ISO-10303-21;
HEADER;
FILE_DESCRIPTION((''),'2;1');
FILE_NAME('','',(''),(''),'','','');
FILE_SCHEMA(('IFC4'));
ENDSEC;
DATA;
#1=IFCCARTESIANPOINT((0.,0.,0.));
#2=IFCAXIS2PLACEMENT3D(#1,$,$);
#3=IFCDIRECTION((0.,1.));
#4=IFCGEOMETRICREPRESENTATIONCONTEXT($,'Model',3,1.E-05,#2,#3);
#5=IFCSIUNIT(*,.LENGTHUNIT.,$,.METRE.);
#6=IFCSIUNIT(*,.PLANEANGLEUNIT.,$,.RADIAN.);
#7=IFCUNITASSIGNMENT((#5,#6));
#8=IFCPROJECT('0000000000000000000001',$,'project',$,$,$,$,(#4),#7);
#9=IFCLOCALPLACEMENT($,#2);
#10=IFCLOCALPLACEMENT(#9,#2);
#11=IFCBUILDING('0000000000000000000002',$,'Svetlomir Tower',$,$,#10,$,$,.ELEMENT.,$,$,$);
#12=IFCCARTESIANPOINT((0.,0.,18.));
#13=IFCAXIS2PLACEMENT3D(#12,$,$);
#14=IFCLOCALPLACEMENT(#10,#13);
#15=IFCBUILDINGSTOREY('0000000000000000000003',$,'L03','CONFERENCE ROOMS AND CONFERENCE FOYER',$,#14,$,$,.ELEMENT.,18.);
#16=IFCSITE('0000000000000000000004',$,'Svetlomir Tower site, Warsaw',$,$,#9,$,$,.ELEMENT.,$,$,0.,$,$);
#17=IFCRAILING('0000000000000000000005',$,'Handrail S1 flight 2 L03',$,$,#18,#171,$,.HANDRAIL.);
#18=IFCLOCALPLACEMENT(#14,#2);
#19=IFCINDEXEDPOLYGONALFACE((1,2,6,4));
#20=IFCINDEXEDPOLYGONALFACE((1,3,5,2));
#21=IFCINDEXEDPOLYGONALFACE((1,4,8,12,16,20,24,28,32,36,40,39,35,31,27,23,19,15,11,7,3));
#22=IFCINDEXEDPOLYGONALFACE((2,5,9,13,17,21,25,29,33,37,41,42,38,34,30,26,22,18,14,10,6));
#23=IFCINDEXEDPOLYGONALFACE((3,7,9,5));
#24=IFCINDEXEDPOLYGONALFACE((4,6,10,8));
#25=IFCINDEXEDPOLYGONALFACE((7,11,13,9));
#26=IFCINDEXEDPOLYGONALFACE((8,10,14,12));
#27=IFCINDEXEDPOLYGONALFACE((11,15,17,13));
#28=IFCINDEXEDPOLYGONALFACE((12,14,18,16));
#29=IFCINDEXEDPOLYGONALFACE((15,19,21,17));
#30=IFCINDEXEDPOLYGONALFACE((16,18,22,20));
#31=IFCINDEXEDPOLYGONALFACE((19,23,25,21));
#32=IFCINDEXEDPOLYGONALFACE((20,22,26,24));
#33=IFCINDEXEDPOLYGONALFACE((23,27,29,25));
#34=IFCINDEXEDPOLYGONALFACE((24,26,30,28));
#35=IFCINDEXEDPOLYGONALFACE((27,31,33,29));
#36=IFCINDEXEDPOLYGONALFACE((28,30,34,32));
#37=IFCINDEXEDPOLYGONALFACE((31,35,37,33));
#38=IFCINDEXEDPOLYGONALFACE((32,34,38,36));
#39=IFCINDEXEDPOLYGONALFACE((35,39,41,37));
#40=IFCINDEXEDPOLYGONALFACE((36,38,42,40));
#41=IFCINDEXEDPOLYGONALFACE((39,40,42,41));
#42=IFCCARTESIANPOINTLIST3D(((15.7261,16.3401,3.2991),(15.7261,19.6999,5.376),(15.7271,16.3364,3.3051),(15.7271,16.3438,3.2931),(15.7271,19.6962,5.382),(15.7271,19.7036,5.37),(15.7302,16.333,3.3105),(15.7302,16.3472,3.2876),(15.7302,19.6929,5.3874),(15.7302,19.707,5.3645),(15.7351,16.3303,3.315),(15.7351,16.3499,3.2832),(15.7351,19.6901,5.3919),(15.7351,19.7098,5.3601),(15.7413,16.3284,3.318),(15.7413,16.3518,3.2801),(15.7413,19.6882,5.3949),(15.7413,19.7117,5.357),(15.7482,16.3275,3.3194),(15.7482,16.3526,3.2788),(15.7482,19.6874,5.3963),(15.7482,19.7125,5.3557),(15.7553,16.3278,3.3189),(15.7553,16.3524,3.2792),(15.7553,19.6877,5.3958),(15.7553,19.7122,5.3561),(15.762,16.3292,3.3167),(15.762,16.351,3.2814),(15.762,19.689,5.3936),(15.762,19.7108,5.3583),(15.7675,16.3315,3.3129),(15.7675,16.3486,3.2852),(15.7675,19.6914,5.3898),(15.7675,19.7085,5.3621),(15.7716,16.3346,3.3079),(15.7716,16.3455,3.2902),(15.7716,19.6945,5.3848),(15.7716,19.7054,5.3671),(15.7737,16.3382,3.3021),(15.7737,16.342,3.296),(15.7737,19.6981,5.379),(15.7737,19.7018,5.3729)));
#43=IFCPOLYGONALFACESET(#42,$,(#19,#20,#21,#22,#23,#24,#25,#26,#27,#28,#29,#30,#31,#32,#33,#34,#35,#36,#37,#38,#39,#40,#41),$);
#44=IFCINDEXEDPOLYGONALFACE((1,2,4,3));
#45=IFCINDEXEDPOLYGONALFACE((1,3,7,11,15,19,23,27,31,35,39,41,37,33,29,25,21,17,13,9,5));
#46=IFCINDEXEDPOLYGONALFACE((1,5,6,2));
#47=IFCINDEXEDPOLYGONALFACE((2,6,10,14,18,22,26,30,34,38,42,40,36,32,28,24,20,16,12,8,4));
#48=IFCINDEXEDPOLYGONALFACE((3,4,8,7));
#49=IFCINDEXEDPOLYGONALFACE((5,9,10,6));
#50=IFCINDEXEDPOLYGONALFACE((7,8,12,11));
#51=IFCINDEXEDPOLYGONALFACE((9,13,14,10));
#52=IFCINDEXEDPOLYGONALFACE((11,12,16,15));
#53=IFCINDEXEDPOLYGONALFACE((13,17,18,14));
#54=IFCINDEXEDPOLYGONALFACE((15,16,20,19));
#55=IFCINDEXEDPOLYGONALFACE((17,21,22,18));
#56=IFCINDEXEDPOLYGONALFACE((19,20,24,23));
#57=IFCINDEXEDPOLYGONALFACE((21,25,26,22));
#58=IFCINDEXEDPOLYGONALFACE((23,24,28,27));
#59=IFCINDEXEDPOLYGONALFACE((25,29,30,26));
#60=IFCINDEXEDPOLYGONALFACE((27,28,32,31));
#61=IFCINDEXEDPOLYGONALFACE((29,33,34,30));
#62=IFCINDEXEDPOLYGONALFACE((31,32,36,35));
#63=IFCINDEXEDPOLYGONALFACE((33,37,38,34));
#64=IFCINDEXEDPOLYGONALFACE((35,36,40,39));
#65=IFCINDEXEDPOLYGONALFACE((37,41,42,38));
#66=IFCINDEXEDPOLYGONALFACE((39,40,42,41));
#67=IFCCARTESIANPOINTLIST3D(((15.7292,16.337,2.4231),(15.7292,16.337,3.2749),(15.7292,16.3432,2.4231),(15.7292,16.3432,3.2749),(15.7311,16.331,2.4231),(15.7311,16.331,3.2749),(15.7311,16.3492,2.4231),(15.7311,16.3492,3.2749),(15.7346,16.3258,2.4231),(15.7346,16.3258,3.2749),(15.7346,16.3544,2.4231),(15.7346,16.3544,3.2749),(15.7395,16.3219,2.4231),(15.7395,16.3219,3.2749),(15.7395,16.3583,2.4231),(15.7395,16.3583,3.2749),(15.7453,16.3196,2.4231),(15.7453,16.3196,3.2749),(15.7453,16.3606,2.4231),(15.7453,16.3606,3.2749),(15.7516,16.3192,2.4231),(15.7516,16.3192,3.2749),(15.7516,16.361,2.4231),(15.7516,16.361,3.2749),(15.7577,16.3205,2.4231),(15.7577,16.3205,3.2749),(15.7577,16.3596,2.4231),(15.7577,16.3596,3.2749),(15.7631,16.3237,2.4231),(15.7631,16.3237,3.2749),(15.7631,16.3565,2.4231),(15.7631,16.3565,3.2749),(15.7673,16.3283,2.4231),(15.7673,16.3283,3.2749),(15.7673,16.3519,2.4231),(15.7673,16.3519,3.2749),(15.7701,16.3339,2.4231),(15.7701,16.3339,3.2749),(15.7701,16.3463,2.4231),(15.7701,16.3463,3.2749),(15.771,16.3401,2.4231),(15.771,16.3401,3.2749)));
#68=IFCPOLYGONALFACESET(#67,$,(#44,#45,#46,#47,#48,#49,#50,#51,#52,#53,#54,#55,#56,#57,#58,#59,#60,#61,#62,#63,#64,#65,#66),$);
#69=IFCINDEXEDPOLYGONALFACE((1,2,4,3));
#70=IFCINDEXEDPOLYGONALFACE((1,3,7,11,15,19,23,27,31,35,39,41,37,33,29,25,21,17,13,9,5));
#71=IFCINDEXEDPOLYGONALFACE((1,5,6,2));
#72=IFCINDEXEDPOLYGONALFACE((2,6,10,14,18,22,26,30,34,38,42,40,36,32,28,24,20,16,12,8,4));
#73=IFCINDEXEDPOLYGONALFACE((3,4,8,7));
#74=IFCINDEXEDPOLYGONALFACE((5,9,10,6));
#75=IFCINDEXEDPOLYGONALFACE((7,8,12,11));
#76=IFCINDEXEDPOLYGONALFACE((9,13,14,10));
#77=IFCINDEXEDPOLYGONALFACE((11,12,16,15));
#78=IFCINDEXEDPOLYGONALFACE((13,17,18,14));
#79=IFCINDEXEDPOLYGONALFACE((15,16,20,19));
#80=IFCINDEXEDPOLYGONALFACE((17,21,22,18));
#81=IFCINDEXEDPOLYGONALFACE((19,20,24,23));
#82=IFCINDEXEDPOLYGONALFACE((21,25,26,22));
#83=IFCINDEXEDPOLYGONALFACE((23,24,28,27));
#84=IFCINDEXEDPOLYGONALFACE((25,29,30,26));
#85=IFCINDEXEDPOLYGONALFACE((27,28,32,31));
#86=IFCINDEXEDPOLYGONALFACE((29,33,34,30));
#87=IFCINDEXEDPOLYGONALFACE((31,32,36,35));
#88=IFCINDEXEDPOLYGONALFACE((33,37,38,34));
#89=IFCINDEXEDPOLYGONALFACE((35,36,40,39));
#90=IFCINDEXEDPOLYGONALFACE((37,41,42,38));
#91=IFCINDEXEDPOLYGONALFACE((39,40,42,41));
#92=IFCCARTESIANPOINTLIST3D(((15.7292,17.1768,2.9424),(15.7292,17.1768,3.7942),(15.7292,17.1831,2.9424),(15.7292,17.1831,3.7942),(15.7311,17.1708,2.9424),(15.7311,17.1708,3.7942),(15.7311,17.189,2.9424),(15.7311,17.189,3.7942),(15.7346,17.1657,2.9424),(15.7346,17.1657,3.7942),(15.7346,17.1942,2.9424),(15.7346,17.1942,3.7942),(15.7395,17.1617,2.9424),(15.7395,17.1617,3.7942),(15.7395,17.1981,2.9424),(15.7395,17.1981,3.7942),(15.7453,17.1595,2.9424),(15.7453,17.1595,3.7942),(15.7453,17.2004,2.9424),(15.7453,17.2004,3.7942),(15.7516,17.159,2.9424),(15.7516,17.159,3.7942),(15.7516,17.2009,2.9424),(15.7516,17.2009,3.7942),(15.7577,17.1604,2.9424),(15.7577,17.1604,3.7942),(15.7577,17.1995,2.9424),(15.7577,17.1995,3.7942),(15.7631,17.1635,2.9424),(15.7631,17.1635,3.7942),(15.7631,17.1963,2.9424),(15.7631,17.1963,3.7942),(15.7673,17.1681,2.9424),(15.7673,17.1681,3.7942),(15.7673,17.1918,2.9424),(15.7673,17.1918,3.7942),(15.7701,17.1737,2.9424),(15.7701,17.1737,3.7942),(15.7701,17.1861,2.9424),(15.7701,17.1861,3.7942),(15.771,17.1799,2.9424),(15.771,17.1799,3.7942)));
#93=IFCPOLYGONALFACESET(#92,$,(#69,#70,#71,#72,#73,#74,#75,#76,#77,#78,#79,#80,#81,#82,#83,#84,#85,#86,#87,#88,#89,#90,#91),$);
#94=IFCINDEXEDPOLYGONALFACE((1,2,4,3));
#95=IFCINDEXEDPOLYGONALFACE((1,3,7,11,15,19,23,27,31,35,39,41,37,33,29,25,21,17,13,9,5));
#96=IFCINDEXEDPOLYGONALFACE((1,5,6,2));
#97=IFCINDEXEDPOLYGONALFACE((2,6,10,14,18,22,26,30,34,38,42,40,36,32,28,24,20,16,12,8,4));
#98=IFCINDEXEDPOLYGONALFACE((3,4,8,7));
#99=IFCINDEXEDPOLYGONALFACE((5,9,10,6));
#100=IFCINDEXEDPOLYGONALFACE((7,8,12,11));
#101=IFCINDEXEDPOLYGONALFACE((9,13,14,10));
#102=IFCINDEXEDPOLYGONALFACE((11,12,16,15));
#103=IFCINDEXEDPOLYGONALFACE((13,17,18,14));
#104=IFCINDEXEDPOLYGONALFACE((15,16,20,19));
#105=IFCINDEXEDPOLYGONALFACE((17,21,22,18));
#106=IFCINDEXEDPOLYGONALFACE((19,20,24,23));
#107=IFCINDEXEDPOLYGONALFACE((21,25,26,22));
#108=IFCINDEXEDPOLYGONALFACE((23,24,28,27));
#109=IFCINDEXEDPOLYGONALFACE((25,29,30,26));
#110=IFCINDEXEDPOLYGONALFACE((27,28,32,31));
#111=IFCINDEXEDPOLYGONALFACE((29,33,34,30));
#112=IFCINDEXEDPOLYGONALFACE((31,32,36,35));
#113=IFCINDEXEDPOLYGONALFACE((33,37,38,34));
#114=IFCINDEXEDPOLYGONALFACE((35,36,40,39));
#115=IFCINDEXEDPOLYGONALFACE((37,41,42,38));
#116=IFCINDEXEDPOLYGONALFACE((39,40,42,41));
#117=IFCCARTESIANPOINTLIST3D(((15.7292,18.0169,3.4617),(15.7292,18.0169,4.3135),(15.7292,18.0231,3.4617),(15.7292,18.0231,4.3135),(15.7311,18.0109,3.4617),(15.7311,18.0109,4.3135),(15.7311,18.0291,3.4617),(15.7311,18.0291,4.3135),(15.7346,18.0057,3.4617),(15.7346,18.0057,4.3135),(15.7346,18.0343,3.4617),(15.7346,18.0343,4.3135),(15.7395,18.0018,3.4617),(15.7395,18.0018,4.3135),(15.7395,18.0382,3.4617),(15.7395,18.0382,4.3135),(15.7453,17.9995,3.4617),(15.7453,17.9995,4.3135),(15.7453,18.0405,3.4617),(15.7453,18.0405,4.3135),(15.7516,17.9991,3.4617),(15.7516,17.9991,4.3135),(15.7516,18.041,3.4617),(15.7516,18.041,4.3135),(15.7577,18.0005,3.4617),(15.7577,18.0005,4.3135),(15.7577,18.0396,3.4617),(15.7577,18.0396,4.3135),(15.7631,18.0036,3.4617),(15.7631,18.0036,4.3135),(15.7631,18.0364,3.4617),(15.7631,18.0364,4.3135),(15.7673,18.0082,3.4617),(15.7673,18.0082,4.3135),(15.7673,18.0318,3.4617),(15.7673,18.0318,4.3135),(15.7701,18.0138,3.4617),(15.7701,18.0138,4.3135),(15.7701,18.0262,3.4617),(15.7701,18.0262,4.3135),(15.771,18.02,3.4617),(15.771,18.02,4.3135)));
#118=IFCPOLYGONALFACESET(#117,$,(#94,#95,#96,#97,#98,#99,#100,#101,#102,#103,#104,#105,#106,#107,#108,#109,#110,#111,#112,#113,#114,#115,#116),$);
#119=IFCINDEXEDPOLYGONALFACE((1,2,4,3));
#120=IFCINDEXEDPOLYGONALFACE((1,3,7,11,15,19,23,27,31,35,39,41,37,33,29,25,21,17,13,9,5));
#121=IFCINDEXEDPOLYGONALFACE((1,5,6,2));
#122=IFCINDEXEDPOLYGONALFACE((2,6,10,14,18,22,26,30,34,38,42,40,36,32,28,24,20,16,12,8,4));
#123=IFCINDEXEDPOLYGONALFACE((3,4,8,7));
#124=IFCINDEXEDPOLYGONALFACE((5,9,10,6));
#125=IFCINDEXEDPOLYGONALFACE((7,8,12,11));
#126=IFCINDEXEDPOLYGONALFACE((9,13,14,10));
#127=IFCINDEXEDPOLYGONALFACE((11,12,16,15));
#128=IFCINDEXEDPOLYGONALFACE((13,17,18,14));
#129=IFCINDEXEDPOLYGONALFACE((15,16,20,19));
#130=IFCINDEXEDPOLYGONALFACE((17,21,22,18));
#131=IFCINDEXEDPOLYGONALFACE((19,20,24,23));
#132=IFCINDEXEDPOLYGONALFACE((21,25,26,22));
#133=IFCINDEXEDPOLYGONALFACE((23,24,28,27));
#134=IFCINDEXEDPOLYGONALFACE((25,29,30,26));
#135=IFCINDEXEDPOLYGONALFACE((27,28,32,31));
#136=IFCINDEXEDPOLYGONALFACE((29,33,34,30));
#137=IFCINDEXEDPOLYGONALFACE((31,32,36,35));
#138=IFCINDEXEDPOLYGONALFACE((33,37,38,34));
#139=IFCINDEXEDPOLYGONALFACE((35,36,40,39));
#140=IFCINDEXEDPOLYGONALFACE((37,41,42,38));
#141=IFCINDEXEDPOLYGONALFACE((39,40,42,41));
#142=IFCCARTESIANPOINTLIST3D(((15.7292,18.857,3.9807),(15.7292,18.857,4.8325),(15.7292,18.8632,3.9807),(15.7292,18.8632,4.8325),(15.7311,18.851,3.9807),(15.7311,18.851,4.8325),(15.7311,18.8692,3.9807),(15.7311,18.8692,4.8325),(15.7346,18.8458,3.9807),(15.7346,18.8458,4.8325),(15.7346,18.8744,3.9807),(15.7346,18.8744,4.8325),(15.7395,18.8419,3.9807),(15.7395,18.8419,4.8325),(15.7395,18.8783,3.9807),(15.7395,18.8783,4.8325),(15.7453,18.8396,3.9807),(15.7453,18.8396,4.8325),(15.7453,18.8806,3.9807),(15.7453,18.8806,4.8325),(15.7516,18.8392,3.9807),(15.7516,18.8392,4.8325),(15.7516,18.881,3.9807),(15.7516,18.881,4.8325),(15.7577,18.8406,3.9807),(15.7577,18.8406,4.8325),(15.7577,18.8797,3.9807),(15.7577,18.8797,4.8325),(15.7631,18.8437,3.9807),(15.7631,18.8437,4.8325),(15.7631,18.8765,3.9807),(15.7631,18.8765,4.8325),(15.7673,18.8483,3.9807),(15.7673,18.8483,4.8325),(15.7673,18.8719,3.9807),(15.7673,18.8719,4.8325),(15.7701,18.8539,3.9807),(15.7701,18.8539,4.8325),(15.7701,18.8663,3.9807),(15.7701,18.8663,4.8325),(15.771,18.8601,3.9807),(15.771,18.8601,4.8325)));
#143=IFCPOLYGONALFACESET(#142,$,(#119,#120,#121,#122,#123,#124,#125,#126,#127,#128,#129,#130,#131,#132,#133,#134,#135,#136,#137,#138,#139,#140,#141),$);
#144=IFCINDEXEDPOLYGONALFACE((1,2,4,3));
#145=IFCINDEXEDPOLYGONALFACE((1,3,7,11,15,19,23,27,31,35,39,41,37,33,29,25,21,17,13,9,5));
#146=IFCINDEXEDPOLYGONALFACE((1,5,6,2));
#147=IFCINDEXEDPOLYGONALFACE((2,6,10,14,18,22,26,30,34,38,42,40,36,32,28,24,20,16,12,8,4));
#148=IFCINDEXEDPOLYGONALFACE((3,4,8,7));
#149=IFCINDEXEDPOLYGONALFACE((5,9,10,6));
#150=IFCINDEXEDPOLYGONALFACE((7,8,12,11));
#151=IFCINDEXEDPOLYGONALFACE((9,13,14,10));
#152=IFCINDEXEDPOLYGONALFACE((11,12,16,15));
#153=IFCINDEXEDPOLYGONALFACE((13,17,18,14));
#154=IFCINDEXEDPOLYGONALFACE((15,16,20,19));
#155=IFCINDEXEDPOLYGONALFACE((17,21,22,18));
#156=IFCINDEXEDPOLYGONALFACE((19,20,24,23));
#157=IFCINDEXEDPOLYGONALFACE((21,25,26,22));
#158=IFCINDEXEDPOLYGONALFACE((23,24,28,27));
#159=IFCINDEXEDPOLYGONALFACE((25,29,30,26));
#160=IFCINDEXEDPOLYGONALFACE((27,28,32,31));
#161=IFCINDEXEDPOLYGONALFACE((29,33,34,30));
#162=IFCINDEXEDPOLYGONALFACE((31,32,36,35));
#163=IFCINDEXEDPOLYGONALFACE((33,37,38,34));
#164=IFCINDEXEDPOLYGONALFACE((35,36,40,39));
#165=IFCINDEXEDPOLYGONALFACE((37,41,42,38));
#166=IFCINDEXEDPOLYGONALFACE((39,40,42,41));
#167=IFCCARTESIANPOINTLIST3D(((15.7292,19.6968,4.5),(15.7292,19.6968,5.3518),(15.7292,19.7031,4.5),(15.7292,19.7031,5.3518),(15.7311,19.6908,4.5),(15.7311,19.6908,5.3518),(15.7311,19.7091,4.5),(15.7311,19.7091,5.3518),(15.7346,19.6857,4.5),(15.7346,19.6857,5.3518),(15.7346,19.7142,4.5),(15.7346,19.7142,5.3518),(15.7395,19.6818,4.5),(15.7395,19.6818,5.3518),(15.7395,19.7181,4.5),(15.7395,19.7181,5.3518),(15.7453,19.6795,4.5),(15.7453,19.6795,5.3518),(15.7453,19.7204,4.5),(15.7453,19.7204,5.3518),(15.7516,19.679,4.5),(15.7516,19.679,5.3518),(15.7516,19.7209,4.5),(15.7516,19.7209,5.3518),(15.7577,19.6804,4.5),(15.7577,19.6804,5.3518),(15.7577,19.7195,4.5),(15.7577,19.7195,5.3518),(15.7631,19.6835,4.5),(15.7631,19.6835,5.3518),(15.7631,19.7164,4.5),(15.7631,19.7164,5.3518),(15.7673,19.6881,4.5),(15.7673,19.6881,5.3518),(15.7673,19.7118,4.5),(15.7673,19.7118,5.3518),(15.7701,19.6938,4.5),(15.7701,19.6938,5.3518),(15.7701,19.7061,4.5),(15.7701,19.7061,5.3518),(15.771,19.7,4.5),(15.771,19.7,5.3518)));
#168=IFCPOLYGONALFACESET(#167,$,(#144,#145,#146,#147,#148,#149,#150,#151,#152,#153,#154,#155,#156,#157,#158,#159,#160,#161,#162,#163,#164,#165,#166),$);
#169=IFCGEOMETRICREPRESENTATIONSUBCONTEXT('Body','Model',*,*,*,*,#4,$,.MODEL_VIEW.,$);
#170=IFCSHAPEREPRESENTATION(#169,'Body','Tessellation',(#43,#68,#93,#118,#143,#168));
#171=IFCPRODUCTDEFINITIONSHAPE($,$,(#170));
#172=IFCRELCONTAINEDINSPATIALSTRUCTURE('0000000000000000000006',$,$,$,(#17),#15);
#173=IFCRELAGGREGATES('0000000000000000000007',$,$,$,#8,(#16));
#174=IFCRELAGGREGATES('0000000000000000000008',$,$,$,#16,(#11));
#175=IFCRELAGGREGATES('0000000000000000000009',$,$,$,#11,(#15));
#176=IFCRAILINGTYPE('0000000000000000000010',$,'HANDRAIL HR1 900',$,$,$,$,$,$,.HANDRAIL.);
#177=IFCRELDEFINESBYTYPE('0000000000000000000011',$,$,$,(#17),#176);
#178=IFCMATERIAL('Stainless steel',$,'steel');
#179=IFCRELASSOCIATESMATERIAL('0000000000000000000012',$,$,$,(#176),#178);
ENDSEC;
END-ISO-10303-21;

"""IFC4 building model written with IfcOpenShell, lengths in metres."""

from ifc_helpers import new_model, si_unit, direction, frame, origin, origin_2d, place, context, subcontext, project, spatial, circle, extrude, material, type_object, element, save


model = new_model("IFC4")

# Units and contexts
model_context = context("Model", 3, precision=1e-05, world=origin(), true_north=direction((0.0, 1.0)))
body_context = subcontext(model_context, "Body", "Model", "MODEL_VIEW")
ifc_project = project(units=[si_unit("LENGTHUNIT", "METRE"), si_unit("PLANEANGLEUNIT", "RADIAN")], contexts=[model_context])

# Site, building, storey
site_placement = place(None, origin())
site = spatial("IfcSite", under=ifc_project, at=site_placement, Name="Svetlomir Tower site, Warsaw", CompositionType="ELEMENT", RefElevation=0.0)
building_placement = place(site_placement, origin())
building = spatial("IfcBuilding", under=site, at=building_placement, Name="Svetlomir Tower", CompositionType="ELEMENT")
storey_placement = place(building_placement, frame((0.0, 0.0, 18.0)))
storey = spatial("IfcBuildingStorey", under=building, at=storey_placement, Name="L03", Description="CONFERENCE ROOMS AND CONFERENCE FOYER", CompositionType="ELEMENT", Elevation=18.0)

# Railing
ifc_material_1 = material(Name="Stainless steel", Category="steel")
railing_type = type_object("IfcRailingType", Name="HANDRAIL HR1 900", PredefinedType="HANDRAIL", material=ifc_material_1)
railing_1_placement = place(storey_placement, frame((15.75, 16.3401, 2.4231)))
element("IfcRailing", 1, at=railing_1_placement, inside=storey, type_object=railing_type, Name="Handrail S1 flight 2 L03", PredefinedType="HANDRAIL", context=body_context, shape_type="SweptSolid", body=[
    extrude(circle(Radius=0.0239, at=origin_2d()), frame((0.0, 0.0, 0.876), z_axis=(0.0, 0.850606, 0.525803), x_axis=(-1.0, 0.0, 0.0)), (0.0, 0.0, 1.0), 3.95),
    extrude(circle(Radius=0.021, at=origin_2d()), origin(), (0.0, 0.0, 1.0), 0.8518),
    extrude(circle(Radius=0.021, at=origin_2d()), frame((0.0, 0.8398, 0.5193)), (0.0, 0.0, 1.0), 0.8518),
    extrude(circle(Radius=0.021, at=origin_2d()), frame((0.0, 1.6799, 1.0386)), (0.0, 0.0, 1.0), 0.8518),
    extrude(circle(Radius=0.021, at=origin_2d()), frame((0.0, 2.52, 1.5576)), (0.0, 0.0, 1.0), 0.8518),
    extrude(circle(Radius=0.021, at=origin_2d()), frame((0.0, 3.3599, 2.0769)), (0.0, 0.0, 1.0), 0.8518),
])

save(model, "model.ifc")
